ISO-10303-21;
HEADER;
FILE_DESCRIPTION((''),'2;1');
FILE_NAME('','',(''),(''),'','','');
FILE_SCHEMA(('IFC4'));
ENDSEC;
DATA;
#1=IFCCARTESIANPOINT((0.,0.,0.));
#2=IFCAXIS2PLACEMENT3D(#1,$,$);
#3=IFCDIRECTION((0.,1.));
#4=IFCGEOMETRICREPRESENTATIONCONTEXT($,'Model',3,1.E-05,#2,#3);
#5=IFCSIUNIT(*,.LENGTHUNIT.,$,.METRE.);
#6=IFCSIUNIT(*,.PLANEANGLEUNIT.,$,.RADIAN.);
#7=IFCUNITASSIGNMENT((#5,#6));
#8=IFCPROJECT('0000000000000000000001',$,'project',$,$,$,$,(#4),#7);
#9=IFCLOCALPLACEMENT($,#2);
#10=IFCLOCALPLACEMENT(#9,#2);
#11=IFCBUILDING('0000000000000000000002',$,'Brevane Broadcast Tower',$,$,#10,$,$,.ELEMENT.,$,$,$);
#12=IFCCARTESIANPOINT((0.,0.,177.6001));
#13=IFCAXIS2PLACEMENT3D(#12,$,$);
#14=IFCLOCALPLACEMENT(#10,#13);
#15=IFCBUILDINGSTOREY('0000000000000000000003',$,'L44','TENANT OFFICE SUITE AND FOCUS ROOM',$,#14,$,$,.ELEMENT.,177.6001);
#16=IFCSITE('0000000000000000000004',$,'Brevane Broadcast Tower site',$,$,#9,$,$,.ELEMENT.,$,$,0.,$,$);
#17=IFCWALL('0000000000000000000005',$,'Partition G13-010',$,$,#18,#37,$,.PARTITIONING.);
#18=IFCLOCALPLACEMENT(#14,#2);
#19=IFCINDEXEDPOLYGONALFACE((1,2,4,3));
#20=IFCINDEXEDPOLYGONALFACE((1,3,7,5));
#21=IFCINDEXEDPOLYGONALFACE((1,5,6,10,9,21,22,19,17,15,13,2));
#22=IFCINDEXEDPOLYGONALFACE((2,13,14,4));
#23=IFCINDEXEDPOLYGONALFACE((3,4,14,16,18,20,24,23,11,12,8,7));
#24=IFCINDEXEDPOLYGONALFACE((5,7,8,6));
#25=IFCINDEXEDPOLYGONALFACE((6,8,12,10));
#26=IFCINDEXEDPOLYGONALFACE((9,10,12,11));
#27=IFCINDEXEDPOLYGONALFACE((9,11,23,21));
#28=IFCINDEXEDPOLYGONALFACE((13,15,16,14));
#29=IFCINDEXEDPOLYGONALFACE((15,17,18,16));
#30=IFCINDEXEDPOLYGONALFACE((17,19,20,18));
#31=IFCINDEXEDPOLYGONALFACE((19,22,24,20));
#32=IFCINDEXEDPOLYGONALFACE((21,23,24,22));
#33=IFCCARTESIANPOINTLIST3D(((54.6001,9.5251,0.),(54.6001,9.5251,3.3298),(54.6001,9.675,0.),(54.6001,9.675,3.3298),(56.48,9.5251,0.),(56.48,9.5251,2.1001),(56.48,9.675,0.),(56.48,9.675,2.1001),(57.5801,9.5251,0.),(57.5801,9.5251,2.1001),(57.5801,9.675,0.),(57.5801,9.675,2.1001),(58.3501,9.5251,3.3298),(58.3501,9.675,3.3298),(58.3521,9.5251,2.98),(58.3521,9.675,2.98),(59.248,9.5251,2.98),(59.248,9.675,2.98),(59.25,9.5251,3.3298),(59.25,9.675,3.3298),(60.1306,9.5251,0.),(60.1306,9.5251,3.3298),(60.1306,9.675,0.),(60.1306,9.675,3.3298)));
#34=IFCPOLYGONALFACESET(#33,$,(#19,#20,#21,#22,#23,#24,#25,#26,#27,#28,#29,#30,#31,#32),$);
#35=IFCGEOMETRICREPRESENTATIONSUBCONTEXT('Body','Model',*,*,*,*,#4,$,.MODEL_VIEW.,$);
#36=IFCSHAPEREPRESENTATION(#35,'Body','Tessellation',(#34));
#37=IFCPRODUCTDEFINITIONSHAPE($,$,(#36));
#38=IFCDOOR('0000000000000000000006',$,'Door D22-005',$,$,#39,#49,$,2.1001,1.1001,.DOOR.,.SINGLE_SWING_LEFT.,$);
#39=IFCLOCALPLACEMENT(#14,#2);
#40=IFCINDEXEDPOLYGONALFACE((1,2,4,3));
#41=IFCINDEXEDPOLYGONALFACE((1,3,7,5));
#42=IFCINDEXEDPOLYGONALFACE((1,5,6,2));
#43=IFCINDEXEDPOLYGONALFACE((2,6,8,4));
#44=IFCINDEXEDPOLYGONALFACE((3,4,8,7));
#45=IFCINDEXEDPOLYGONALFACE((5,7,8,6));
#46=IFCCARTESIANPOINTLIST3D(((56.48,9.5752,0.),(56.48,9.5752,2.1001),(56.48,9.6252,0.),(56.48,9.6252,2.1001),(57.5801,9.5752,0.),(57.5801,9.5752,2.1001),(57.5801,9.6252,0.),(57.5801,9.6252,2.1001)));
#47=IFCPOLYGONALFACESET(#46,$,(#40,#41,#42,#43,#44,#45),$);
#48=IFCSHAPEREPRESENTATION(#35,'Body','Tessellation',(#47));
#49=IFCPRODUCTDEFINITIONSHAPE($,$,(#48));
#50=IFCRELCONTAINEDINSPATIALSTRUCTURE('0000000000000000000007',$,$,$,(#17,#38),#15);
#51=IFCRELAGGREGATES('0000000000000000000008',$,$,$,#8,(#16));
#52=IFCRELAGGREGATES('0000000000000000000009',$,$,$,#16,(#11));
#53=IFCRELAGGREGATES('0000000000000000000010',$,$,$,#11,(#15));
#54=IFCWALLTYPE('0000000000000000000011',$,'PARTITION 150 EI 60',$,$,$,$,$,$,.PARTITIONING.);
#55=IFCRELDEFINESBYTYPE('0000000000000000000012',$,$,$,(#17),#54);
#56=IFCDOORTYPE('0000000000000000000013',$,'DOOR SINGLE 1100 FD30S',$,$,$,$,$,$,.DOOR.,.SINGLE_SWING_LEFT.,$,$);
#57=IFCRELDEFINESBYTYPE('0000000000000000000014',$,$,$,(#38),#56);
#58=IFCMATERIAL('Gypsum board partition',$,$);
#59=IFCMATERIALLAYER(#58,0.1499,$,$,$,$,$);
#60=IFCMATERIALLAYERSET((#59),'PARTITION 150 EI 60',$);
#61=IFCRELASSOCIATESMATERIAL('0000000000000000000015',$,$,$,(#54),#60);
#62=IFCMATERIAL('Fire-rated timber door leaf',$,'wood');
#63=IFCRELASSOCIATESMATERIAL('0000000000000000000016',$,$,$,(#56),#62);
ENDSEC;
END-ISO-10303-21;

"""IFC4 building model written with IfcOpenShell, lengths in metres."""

from ifc_helpers import new_model, si_unit, direction, frame, frame_2d, origin, place, context, subcontext, project, spatial, polyline, rectangle, outline, extrude, material, layer, layer_set, type_object, element, fill, save


model = new_model("IFC4")

# Units and contexts
model_context = context("Model", 3, precision=1e-05, world=origin(), true_north=direction((0.0, 1.0)))
body_context = subcontext(model_context, "Body", "Model", "MODEL_VIEW")
ifc_project = project(units=[si_unit("LENGTHUNIT", "METRE"), si_unit("PLANEANGLEUNIT", "RADIAN")], contexts=[model_context])

# Site, building, storey
site_placement = place(None, origin())
site = spatial("IfcSite", under=ifc_project, at=site_placement, Name="Brevane Broadcast Tower site", CompositionType="ELEMENT", RefElevation=0.0)
building_placement = place(site_placement, origin())
building = spatial("IfcBuilding", under=site, at=building_placement, Name="Brevane Broadcast Tower", CompositionType="ELEMENT")
storey_placement = place(building_placement, frame((0.0, 0.0, 177.6001)))
storey = spatial("IfcBuildingStorey", under=building, at=storey_placement, Name="L44", Description="TENANT OFFICE SUITE AND FOCUS ROOM", CompositionType="ELEMENT", Elevation=177.6001)

# Shared definitions
ifc_material_1 = material(Name="Gypsum board partition")
ifc_layer_1 = layer(ifc_material_1, 0.1499)
ifc_layer_set_1 = layer_set([ifc_layer_1], Name="PARTITION 150 EI 60")
wall_type_1 = type_object("IfcWallType", Name="PARTITION 150 EI 60", PredefinedType="PARTITIONING", material=ifc_layer_set_1)

# Wall, opening, door
ifc_material_2 = material(Name="Fire-rated timber door leaf", Category="wood")
wall_1_placement = place(storey_placement, frame((60.1306, 9.6001, 0.0), z_axis=(0.0, 0.0, 1.0), x_axis=(-1.0, 0.0, 0.0)))
wall_1 = element("IfcWall", 1, at=wall_1_placement, inside=storey, type_object=wall_type_1, Name="Partition G13-010", PredefinedType="PARTITIONING", context=body_context, shape_type="SweptSolid", body=[
    extrude(outline(polyline([(0.0, 0.0), (5.5305, 0.0), (5.5305, 3.3298), (1.7805, 3.3298), (1.7786, 2.98), (0.8826, 2.98), (0.8806, 3.3298), (0.2505, 3.3298), (0.0, 3.3298), (0.0, 0.0)])), frame((0.0, 0.075, 0.0), z_axis=(0.0, -1.0, 0.0), x_axis=(1.0, 0.0, 0.0)), (0.0, 0.0, 1.0), 0.1499),
])
opening_1_placement = place(wall_1_placement, frame((2.5505, 0.0, 0.0)))
opening_1 = element("IfcOpeningElement", 2, at=opening_1_placement, cuts=wall_1, PredefinedType="OPENING", context=body_context, shape_type="SweptSolid", body=[
    extrude(rectangle(XDim=1.1001, YDim=2.1001, at=frame_2d((0.55, 1.05))), frame((0.0, 0.085, 0.0), z_axis=(0.0, -1.0, 0.0), x_axis=(1.0, 0.0, 0.0)), (0.0, 0.0, 1.0), 0.1699),
])
door_type_1 = type_object("IfcDoorType", Name="DOOR SINGLE 1100 FD30S", OperationType="SINGLE_SWING_LEFT", PredefinedType="DOOR", material=ifc_material_2)
door_1_placement = place(opening_1_placement, origin())
door_1 = element("IfcDoor", 3, at=door_1_placement, inside=storey, type_object=door_type_1, Name="Door D22-005", OperationType="SINGLE_SWING_LEFT", OverallHeight=2.1001, OverallWidth=1.1001, PredefinedType="DOOR", context=body_context, shape_type="SweptSolid", body=[
    extrude(rectangle(XDim=1.1001, YDim=2.1001, at=frame_2d((0.55, 1.05))), frame((0.0, 0.0249, 0.0), z_axis=(0.0, -1.0, 0.0), x_axis=(1.0, 0.0, 0.0)), (0.0, 0.0, 1.0), 0.05),
])
fill(opening_1, door_1)

save(model, "model.ifc")
